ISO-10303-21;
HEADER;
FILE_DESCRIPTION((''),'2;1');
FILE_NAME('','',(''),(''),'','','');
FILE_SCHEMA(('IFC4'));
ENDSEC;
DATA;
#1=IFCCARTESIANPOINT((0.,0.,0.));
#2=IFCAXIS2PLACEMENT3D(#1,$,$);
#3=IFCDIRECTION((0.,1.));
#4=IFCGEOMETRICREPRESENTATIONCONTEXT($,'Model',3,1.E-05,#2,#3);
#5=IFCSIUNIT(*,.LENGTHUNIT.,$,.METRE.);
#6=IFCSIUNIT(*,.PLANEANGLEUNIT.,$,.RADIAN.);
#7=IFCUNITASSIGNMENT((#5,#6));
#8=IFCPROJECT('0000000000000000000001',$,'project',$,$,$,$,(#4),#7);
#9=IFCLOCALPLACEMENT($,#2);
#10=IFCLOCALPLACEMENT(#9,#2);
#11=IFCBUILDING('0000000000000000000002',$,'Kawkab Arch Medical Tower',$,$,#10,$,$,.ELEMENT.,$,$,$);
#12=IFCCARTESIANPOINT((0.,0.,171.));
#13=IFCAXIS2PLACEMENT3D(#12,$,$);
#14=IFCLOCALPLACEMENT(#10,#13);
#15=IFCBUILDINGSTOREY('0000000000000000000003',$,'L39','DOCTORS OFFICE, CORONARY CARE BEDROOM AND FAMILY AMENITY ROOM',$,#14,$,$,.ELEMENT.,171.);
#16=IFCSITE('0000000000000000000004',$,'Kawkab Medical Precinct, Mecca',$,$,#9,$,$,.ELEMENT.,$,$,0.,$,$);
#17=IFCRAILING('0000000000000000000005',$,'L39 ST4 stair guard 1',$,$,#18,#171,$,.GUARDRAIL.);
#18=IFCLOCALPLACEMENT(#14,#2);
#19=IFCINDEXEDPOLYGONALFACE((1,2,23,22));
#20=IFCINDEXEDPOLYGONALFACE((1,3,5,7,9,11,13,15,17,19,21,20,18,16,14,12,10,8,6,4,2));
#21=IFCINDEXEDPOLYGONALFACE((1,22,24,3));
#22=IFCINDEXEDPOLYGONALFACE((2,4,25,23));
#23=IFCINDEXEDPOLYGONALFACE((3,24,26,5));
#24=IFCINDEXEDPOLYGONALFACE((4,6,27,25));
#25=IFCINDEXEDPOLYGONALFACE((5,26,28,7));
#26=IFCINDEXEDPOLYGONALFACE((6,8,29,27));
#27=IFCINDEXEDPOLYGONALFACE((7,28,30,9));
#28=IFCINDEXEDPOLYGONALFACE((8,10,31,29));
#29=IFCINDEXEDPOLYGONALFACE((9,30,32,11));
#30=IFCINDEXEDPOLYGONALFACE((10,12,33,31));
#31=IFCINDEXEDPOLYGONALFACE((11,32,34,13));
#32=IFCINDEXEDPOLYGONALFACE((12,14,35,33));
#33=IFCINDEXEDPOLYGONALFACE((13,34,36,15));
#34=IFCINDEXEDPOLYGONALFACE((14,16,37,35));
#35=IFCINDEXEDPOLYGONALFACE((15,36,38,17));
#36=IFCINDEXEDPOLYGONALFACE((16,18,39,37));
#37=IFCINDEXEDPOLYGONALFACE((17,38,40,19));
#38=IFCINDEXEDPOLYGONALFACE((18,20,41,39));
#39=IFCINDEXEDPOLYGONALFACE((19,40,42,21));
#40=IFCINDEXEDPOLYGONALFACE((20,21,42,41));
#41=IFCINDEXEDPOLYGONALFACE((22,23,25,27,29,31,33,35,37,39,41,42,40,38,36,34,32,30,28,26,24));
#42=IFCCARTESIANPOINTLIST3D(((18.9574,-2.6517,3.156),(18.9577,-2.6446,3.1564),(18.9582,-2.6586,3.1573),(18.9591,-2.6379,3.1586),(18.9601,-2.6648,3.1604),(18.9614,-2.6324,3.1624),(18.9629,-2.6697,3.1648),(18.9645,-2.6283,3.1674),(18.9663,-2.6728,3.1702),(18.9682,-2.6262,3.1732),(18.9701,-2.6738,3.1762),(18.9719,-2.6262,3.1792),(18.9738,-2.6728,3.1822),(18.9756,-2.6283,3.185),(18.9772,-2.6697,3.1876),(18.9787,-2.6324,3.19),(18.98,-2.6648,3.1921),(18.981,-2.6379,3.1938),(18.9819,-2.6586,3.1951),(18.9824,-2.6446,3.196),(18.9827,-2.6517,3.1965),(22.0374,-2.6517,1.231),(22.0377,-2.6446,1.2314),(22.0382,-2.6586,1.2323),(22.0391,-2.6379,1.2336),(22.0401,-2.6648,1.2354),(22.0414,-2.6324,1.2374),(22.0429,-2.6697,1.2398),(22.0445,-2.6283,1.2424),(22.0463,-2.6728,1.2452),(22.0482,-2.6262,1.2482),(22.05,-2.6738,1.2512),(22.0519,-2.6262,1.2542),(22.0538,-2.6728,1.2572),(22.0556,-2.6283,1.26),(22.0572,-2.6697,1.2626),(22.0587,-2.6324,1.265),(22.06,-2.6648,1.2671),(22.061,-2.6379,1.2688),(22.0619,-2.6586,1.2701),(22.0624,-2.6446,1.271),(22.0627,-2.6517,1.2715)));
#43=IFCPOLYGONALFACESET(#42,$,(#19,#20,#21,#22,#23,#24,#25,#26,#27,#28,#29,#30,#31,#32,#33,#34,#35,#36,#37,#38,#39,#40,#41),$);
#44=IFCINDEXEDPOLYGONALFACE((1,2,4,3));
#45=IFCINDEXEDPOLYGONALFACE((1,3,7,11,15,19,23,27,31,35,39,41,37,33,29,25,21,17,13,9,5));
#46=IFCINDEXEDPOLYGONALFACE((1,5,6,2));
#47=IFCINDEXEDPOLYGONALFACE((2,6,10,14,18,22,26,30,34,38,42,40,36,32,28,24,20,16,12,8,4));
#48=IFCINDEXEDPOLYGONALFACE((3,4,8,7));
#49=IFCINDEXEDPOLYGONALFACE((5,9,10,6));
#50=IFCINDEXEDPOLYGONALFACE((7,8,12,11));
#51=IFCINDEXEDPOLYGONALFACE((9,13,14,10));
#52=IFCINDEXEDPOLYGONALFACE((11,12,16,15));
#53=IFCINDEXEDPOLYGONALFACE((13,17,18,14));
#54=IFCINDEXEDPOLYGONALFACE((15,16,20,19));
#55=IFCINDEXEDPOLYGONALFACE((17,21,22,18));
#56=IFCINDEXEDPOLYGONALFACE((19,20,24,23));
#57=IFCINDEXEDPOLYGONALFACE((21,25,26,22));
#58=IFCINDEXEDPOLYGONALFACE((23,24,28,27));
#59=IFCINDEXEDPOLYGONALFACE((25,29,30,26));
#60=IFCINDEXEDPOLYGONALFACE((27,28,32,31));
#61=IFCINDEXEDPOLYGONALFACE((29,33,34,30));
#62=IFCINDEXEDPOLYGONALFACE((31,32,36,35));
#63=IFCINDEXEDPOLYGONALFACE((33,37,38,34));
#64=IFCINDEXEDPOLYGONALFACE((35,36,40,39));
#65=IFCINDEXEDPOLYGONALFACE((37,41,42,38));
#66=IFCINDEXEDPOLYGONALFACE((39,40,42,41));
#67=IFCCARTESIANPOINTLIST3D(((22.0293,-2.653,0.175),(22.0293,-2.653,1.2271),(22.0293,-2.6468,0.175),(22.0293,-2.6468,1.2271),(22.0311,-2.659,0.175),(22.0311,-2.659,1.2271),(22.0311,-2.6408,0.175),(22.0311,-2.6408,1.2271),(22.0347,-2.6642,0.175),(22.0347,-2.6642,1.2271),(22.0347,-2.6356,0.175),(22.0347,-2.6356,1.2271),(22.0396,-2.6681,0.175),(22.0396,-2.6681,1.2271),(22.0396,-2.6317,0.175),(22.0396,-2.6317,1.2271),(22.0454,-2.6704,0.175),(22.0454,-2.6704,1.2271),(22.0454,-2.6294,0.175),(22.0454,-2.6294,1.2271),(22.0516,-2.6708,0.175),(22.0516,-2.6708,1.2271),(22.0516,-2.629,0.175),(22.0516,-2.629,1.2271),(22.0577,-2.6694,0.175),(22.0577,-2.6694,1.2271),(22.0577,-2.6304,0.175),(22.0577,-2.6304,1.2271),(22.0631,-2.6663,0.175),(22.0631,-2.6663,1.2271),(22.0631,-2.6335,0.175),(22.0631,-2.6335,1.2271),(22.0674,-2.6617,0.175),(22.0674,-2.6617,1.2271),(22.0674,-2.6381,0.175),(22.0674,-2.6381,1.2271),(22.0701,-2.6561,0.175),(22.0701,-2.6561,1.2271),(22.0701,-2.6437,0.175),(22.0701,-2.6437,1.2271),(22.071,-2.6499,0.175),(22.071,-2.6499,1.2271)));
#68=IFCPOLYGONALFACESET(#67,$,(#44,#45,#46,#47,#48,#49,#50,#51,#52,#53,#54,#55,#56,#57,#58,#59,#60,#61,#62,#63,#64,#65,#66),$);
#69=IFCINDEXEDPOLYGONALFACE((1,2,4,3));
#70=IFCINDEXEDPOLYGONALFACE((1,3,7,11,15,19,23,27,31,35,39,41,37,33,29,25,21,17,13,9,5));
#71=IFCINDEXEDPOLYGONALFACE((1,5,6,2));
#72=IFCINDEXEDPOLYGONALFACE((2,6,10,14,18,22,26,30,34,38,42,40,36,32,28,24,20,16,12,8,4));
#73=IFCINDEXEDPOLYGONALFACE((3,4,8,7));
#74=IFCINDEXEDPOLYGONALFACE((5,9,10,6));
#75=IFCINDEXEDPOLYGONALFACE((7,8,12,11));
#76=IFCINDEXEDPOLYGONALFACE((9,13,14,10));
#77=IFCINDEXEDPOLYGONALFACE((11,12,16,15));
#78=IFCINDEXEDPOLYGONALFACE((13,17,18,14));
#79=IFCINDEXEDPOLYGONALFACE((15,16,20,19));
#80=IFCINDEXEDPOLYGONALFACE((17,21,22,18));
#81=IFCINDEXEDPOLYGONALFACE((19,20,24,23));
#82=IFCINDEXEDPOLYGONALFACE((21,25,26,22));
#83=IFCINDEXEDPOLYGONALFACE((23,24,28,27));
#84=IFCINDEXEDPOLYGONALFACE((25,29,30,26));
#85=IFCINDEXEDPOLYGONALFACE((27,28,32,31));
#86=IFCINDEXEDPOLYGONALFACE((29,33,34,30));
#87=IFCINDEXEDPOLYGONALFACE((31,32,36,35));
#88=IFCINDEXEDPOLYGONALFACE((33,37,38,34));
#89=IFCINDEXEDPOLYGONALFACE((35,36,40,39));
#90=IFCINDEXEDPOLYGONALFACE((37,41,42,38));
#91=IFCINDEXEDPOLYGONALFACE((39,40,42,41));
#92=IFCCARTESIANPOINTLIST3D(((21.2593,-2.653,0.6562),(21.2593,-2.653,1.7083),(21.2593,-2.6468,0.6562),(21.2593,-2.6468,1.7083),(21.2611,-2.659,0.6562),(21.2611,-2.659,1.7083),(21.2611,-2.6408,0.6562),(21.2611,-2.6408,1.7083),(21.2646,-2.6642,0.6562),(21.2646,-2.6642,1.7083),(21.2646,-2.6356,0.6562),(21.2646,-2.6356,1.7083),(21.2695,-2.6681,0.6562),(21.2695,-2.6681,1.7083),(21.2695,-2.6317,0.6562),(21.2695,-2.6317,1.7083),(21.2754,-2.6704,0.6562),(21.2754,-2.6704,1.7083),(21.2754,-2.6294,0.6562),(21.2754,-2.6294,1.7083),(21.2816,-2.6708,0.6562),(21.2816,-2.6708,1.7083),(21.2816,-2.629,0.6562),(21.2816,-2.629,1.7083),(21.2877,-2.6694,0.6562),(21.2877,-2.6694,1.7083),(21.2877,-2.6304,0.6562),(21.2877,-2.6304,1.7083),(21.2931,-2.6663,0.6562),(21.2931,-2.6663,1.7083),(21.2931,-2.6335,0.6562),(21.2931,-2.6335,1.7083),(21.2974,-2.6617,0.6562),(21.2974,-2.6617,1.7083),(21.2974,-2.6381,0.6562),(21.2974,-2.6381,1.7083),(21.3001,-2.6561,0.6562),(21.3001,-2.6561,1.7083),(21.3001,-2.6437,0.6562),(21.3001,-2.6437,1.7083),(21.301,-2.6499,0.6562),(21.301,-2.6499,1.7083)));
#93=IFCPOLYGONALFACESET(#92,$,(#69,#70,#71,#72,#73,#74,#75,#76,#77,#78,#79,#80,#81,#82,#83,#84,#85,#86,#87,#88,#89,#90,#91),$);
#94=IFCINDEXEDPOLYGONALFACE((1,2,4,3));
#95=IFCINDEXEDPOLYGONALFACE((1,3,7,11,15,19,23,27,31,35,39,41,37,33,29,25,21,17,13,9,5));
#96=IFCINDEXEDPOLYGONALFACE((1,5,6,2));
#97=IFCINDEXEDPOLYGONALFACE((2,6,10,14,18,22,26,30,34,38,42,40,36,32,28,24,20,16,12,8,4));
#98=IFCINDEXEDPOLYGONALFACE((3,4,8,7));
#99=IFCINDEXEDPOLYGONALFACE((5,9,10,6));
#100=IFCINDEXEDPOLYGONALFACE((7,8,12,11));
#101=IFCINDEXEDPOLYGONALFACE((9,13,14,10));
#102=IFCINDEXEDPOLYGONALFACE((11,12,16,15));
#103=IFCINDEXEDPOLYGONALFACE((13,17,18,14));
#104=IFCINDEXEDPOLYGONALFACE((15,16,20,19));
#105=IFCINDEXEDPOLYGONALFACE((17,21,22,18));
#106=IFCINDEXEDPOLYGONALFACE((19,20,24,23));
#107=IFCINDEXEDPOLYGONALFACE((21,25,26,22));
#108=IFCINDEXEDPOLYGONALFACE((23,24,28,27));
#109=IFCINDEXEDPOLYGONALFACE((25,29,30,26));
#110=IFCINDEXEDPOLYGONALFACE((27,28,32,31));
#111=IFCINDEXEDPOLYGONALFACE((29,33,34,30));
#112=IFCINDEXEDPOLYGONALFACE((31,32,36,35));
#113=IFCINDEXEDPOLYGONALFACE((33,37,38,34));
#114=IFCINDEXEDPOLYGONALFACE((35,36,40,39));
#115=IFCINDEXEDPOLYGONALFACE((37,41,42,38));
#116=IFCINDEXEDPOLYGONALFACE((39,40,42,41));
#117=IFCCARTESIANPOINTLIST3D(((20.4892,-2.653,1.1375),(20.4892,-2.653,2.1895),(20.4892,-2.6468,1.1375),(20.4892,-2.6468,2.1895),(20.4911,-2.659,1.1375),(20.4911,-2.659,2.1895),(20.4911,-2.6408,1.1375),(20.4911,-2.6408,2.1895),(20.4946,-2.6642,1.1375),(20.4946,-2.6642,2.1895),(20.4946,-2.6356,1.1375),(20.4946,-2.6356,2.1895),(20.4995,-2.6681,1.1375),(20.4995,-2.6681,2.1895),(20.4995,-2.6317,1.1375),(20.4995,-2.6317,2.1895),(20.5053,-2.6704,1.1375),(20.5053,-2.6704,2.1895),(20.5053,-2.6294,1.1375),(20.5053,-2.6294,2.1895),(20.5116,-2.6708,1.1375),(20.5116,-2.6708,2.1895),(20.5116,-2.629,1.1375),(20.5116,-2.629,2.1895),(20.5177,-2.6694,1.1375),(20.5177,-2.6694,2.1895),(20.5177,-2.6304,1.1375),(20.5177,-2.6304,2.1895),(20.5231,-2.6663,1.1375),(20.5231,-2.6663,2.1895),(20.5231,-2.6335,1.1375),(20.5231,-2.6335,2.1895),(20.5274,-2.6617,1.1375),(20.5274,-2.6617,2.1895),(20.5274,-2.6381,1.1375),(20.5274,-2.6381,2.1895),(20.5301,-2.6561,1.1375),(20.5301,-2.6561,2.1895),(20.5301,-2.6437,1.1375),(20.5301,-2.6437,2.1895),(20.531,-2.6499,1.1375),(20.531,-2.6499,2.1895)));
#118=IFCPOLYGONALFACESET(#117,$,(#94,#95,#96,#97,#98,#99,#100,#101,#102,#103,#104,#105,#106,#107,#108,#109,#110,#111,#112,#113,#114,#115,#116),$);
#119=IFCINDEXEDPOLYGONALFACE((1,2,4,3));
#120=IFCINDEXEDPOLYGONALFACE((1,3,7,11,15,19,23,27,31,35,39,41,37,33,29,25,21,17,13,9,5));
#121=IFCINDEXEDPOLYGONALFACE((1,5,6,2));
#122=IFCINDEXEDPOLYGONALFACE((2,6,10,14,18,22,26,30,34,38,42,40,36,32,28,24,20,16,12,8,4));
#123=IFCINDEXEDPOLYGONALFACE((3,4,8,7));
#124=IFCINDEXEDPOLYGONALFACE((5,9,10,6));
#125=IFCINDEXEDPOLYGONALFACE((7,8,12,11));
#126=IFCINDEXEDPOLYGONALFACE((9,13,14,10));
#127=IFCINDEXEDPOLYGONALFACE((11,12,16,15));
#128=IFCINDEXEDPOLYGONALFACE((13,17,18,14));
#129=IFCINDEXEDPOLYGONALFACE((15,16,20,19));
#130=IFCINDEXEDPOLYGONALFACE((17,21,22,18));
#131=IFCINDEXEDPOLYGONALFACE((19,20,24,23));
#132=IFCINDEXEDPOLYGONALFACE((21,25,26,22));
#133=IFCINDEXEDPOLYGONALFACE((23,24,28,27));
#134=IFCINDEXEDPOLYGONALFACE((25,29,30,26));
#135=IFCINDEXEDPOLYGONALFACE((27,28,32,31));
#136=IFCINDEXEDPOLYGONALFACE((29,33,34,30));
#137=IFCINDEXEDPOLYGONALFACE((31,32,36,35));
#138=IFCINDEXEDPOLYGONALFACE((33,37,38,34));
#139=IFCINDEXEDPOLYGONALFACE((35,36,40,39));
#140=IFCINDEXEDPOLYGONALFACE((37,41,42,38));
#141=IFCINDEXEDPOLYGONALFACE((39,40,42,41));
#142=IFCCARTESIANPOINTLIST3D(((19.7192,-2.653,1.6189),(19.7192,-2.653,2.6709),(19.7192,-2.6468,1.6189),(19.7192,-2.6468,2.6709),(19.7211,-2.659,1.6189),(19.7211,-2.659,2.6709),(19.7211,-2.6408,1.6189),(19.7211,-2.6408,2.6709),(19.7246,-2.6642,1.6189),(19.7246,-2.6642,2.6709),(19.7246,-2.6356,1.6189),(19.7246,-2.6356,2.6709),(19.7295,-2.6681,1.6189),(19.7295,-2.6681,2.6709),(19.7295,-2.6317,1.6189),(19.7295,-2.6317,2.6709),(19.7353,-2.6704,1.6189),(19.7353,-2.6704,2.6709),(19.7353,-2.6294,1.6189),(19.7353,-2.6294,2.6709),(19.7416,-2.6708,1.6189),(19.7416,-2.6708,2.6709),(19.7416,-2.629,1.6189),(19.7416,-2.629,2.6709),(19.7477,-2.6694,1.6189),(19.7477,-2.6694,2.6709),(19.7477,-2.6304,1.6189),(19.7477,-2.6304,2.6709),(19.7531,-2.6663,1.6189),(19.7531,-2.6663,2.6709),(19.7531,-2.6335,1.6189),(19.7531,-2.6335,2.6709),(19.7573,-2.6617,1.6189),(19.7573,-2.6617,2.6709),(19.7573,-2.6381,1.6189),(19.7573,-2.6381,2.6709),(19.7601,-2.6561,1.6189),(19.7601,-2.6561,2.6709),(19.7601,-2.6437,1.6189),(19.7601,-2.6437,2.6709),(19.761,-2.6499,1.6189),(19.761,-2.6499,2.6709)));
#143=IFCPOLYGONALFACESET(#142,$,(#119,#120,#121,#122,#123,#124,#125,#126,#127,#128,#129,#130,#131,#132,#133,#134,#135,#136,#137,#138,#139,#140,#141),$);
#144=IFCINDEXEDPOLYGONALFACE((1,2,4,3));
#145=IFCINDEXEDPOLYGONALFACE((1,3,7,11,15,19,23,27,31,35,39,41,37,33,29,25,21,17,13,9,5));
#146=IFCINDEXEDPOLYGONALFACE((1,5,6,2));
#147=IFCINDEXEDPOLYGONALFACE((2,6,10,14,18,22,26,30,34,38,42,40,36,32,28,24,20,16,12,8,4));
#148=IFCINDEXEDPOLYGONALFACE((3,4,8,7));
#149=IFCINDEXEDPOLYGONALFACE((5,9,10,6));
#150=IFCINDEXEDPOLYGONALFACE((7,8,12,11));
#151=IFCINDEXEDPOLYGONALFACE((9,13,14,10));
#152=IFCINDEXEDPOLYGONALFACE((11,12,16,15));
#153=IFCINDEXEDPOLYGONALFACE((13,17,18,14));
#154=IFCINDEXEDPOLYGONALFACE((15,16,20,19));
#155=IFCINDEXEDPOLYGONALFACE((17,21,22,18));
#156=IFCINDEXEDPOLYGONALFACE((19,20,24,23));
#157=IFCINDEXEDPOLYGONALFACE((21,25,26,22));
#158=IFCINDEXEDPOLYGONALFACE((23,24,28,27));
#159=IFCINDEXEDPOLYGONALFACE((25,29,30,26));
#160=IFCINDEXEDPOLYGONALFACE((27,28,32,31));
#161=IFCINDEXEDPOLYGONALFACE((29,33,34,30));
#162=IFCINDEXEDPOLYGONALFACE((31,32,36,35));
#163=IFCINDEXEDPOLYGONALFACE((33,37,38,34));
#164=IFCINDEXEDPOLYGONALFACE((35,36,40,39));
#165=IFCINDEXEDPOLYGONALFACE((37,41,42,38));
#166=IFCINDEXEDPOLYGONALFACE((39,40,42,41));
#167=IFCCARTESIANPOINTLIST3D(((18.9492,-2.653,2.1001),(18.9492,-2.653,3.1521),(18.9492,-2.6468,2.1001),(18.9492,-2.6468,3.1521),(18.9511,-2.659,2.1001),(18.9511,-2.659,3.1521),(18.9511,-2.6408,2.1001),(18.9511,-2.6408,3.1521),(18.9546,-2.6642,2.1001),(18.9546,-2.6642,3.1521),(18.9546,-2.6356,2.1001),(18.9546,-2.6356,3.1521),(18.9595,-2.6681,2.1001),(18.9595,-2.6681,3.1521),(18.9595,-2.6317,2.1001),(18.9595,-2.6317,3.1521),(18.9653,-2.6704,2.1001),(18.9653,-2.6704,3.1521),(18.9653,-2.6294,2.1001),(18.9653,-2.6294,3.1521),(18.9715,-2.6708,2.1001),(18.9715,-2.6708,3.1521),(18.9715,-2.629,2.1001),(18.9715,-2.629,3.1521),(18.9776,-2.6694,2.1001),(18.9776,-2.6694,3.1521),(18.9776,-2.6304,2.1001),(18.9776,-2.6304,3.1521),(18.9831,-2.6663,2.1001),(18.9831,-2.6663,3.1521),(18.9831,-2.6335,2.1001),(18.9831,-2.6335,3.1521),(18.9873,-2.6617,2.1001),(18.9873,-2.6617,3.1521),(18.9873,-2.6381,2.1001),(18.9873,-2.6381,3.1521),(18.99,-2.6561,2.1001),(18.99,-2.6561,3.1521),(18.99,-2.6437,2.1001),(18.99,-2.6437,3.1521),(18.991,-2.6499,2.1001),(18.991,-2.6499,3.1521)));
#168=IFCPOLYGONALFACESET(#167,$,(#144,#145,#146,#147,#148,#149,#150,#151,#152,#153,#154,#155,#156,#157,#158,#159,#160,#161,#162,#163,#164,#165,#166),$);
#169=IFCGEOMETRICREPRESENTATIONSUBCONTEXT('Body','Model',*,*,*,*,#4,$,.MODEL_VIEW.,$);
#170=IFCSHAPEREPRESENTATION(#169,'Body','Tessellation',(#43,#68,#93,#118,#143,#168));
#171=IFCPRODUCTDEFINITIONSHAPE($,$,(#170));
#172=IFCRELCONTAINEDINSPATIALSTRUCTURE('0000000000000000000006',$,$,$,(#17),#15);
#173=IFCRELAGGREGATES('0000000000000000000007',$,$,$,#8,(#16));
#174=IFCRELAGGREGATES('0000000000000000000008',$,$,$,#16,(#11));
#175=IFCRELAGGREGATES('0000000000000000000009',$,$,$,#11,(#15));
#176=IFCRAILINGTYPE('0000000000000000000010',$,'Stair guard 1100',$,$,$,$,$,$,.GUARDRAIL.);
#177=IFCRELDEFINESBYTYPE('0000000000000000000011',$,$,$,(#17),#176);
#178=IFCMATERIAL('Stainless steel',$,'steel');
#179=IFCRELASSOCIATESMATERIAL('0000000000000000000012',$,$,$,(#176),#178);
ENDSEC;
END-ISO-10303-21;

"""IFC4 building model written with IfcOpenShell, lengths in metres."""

from ifc_helpers import new_model, si_unit, direction, frame, origin, origin_2d, place, context, subcontext, project, spatial, circle, extrude, material, type_object, element, save


model = new_model("IFC4")

# Units and contexts
model_context = context("Model", 3, precision=1e-05, world=origin(), true_north=direction((0.0, 1.0)))
body_context = subcontext(model_context, "Body", "Model", "MODEL_VIEW")
ifc_project = project(units=[si_unit("LENGTHUNIT", "METRE"), si_unit("PLANEANGLEUNIT", "RADIAN")], contexts=[model_context])

# Site, building, storey
site_placement = place(None, origin())
site = spatial("IfcSite", under=ifc_project, at=site_placement, Name="Kawkab Medical Precinct, Mecca", CompositionType="ELEMENT", RefElevation=0.0)
building_placement = place(site_placement, origin())
building = spatial("IfcBuilding", under=site, at=building_placement, Name="Kawkab Arch Medical Tower", CompositionType="ELEMENT")
storey_placement = place(building_placement, frame((0.0, 0.0, 171.0)))
storey = spatial("IfcBuildingStorey", under=building, at=storey_placement, Name="L39", Description="DOCTORS OFFICE, CORONARY CARE BEDROOM AND FAMILY AMENITY ROOM", CompositionType="ELEMENT", Elevation=171.0)

# Railing
ifc_material_1 = material(Name="Stainless steel", Category="steel")
railing_type = type_object("IfcRailingType", Name="Stair guard 1100", PredefinedType="GUARDRAIL", material=ifc_material_1)
railing_1_placement = place(storey_placement, frame((22.05, -2.6499, 0.175)))
element("IfcRailing", 1, at=railing_1_placement, inside=storey, type_object=railing_type, Name="L39 ST4 stair guard 1", PredefinedType="GUARDRAIL", context=body_context, shape_type="SweptSolid", body=[
    extrude(circle(Radius=0.0239, at=origin_2d()), frame((0.0, 0.0, 1.0762), z_axis=(-0.847998, 0.0, 0.529999), x_axis=(0.0, -1.0, 0.0)), (0.0, 0.0, 1.0), 3.6321),
    extrude(circle(Radius=0.021, at=origin_2d()), origin(), (0.0, 0.0, 1.0), 1.052),
    extrude(circle(Radius=0.021, at=origin_2d()), frame((-0.77, 0.0, 0.4812)), (0.0, 0.0, 1.0), 1.052),
    extrude(circle(Radius=0.021, at=origin_2d()), frame((-1.54, 0.0, 0.9624)), (0.0, 0.0, 1.0), 1.052),
    extrude(circle(Radius=0.021, at=origin_2d()), frame((-2.3101, 0.0, 1.4438)), (0.0, 0.0, 1.0), 1.052),
    extrude(circle(Radius=0.021, at=origin_2d()), frame((-3.0801, 0.0, 1.925)), (0.0, 0.0, 1.0), 1.052),
])

save(model, "model.ifc")
